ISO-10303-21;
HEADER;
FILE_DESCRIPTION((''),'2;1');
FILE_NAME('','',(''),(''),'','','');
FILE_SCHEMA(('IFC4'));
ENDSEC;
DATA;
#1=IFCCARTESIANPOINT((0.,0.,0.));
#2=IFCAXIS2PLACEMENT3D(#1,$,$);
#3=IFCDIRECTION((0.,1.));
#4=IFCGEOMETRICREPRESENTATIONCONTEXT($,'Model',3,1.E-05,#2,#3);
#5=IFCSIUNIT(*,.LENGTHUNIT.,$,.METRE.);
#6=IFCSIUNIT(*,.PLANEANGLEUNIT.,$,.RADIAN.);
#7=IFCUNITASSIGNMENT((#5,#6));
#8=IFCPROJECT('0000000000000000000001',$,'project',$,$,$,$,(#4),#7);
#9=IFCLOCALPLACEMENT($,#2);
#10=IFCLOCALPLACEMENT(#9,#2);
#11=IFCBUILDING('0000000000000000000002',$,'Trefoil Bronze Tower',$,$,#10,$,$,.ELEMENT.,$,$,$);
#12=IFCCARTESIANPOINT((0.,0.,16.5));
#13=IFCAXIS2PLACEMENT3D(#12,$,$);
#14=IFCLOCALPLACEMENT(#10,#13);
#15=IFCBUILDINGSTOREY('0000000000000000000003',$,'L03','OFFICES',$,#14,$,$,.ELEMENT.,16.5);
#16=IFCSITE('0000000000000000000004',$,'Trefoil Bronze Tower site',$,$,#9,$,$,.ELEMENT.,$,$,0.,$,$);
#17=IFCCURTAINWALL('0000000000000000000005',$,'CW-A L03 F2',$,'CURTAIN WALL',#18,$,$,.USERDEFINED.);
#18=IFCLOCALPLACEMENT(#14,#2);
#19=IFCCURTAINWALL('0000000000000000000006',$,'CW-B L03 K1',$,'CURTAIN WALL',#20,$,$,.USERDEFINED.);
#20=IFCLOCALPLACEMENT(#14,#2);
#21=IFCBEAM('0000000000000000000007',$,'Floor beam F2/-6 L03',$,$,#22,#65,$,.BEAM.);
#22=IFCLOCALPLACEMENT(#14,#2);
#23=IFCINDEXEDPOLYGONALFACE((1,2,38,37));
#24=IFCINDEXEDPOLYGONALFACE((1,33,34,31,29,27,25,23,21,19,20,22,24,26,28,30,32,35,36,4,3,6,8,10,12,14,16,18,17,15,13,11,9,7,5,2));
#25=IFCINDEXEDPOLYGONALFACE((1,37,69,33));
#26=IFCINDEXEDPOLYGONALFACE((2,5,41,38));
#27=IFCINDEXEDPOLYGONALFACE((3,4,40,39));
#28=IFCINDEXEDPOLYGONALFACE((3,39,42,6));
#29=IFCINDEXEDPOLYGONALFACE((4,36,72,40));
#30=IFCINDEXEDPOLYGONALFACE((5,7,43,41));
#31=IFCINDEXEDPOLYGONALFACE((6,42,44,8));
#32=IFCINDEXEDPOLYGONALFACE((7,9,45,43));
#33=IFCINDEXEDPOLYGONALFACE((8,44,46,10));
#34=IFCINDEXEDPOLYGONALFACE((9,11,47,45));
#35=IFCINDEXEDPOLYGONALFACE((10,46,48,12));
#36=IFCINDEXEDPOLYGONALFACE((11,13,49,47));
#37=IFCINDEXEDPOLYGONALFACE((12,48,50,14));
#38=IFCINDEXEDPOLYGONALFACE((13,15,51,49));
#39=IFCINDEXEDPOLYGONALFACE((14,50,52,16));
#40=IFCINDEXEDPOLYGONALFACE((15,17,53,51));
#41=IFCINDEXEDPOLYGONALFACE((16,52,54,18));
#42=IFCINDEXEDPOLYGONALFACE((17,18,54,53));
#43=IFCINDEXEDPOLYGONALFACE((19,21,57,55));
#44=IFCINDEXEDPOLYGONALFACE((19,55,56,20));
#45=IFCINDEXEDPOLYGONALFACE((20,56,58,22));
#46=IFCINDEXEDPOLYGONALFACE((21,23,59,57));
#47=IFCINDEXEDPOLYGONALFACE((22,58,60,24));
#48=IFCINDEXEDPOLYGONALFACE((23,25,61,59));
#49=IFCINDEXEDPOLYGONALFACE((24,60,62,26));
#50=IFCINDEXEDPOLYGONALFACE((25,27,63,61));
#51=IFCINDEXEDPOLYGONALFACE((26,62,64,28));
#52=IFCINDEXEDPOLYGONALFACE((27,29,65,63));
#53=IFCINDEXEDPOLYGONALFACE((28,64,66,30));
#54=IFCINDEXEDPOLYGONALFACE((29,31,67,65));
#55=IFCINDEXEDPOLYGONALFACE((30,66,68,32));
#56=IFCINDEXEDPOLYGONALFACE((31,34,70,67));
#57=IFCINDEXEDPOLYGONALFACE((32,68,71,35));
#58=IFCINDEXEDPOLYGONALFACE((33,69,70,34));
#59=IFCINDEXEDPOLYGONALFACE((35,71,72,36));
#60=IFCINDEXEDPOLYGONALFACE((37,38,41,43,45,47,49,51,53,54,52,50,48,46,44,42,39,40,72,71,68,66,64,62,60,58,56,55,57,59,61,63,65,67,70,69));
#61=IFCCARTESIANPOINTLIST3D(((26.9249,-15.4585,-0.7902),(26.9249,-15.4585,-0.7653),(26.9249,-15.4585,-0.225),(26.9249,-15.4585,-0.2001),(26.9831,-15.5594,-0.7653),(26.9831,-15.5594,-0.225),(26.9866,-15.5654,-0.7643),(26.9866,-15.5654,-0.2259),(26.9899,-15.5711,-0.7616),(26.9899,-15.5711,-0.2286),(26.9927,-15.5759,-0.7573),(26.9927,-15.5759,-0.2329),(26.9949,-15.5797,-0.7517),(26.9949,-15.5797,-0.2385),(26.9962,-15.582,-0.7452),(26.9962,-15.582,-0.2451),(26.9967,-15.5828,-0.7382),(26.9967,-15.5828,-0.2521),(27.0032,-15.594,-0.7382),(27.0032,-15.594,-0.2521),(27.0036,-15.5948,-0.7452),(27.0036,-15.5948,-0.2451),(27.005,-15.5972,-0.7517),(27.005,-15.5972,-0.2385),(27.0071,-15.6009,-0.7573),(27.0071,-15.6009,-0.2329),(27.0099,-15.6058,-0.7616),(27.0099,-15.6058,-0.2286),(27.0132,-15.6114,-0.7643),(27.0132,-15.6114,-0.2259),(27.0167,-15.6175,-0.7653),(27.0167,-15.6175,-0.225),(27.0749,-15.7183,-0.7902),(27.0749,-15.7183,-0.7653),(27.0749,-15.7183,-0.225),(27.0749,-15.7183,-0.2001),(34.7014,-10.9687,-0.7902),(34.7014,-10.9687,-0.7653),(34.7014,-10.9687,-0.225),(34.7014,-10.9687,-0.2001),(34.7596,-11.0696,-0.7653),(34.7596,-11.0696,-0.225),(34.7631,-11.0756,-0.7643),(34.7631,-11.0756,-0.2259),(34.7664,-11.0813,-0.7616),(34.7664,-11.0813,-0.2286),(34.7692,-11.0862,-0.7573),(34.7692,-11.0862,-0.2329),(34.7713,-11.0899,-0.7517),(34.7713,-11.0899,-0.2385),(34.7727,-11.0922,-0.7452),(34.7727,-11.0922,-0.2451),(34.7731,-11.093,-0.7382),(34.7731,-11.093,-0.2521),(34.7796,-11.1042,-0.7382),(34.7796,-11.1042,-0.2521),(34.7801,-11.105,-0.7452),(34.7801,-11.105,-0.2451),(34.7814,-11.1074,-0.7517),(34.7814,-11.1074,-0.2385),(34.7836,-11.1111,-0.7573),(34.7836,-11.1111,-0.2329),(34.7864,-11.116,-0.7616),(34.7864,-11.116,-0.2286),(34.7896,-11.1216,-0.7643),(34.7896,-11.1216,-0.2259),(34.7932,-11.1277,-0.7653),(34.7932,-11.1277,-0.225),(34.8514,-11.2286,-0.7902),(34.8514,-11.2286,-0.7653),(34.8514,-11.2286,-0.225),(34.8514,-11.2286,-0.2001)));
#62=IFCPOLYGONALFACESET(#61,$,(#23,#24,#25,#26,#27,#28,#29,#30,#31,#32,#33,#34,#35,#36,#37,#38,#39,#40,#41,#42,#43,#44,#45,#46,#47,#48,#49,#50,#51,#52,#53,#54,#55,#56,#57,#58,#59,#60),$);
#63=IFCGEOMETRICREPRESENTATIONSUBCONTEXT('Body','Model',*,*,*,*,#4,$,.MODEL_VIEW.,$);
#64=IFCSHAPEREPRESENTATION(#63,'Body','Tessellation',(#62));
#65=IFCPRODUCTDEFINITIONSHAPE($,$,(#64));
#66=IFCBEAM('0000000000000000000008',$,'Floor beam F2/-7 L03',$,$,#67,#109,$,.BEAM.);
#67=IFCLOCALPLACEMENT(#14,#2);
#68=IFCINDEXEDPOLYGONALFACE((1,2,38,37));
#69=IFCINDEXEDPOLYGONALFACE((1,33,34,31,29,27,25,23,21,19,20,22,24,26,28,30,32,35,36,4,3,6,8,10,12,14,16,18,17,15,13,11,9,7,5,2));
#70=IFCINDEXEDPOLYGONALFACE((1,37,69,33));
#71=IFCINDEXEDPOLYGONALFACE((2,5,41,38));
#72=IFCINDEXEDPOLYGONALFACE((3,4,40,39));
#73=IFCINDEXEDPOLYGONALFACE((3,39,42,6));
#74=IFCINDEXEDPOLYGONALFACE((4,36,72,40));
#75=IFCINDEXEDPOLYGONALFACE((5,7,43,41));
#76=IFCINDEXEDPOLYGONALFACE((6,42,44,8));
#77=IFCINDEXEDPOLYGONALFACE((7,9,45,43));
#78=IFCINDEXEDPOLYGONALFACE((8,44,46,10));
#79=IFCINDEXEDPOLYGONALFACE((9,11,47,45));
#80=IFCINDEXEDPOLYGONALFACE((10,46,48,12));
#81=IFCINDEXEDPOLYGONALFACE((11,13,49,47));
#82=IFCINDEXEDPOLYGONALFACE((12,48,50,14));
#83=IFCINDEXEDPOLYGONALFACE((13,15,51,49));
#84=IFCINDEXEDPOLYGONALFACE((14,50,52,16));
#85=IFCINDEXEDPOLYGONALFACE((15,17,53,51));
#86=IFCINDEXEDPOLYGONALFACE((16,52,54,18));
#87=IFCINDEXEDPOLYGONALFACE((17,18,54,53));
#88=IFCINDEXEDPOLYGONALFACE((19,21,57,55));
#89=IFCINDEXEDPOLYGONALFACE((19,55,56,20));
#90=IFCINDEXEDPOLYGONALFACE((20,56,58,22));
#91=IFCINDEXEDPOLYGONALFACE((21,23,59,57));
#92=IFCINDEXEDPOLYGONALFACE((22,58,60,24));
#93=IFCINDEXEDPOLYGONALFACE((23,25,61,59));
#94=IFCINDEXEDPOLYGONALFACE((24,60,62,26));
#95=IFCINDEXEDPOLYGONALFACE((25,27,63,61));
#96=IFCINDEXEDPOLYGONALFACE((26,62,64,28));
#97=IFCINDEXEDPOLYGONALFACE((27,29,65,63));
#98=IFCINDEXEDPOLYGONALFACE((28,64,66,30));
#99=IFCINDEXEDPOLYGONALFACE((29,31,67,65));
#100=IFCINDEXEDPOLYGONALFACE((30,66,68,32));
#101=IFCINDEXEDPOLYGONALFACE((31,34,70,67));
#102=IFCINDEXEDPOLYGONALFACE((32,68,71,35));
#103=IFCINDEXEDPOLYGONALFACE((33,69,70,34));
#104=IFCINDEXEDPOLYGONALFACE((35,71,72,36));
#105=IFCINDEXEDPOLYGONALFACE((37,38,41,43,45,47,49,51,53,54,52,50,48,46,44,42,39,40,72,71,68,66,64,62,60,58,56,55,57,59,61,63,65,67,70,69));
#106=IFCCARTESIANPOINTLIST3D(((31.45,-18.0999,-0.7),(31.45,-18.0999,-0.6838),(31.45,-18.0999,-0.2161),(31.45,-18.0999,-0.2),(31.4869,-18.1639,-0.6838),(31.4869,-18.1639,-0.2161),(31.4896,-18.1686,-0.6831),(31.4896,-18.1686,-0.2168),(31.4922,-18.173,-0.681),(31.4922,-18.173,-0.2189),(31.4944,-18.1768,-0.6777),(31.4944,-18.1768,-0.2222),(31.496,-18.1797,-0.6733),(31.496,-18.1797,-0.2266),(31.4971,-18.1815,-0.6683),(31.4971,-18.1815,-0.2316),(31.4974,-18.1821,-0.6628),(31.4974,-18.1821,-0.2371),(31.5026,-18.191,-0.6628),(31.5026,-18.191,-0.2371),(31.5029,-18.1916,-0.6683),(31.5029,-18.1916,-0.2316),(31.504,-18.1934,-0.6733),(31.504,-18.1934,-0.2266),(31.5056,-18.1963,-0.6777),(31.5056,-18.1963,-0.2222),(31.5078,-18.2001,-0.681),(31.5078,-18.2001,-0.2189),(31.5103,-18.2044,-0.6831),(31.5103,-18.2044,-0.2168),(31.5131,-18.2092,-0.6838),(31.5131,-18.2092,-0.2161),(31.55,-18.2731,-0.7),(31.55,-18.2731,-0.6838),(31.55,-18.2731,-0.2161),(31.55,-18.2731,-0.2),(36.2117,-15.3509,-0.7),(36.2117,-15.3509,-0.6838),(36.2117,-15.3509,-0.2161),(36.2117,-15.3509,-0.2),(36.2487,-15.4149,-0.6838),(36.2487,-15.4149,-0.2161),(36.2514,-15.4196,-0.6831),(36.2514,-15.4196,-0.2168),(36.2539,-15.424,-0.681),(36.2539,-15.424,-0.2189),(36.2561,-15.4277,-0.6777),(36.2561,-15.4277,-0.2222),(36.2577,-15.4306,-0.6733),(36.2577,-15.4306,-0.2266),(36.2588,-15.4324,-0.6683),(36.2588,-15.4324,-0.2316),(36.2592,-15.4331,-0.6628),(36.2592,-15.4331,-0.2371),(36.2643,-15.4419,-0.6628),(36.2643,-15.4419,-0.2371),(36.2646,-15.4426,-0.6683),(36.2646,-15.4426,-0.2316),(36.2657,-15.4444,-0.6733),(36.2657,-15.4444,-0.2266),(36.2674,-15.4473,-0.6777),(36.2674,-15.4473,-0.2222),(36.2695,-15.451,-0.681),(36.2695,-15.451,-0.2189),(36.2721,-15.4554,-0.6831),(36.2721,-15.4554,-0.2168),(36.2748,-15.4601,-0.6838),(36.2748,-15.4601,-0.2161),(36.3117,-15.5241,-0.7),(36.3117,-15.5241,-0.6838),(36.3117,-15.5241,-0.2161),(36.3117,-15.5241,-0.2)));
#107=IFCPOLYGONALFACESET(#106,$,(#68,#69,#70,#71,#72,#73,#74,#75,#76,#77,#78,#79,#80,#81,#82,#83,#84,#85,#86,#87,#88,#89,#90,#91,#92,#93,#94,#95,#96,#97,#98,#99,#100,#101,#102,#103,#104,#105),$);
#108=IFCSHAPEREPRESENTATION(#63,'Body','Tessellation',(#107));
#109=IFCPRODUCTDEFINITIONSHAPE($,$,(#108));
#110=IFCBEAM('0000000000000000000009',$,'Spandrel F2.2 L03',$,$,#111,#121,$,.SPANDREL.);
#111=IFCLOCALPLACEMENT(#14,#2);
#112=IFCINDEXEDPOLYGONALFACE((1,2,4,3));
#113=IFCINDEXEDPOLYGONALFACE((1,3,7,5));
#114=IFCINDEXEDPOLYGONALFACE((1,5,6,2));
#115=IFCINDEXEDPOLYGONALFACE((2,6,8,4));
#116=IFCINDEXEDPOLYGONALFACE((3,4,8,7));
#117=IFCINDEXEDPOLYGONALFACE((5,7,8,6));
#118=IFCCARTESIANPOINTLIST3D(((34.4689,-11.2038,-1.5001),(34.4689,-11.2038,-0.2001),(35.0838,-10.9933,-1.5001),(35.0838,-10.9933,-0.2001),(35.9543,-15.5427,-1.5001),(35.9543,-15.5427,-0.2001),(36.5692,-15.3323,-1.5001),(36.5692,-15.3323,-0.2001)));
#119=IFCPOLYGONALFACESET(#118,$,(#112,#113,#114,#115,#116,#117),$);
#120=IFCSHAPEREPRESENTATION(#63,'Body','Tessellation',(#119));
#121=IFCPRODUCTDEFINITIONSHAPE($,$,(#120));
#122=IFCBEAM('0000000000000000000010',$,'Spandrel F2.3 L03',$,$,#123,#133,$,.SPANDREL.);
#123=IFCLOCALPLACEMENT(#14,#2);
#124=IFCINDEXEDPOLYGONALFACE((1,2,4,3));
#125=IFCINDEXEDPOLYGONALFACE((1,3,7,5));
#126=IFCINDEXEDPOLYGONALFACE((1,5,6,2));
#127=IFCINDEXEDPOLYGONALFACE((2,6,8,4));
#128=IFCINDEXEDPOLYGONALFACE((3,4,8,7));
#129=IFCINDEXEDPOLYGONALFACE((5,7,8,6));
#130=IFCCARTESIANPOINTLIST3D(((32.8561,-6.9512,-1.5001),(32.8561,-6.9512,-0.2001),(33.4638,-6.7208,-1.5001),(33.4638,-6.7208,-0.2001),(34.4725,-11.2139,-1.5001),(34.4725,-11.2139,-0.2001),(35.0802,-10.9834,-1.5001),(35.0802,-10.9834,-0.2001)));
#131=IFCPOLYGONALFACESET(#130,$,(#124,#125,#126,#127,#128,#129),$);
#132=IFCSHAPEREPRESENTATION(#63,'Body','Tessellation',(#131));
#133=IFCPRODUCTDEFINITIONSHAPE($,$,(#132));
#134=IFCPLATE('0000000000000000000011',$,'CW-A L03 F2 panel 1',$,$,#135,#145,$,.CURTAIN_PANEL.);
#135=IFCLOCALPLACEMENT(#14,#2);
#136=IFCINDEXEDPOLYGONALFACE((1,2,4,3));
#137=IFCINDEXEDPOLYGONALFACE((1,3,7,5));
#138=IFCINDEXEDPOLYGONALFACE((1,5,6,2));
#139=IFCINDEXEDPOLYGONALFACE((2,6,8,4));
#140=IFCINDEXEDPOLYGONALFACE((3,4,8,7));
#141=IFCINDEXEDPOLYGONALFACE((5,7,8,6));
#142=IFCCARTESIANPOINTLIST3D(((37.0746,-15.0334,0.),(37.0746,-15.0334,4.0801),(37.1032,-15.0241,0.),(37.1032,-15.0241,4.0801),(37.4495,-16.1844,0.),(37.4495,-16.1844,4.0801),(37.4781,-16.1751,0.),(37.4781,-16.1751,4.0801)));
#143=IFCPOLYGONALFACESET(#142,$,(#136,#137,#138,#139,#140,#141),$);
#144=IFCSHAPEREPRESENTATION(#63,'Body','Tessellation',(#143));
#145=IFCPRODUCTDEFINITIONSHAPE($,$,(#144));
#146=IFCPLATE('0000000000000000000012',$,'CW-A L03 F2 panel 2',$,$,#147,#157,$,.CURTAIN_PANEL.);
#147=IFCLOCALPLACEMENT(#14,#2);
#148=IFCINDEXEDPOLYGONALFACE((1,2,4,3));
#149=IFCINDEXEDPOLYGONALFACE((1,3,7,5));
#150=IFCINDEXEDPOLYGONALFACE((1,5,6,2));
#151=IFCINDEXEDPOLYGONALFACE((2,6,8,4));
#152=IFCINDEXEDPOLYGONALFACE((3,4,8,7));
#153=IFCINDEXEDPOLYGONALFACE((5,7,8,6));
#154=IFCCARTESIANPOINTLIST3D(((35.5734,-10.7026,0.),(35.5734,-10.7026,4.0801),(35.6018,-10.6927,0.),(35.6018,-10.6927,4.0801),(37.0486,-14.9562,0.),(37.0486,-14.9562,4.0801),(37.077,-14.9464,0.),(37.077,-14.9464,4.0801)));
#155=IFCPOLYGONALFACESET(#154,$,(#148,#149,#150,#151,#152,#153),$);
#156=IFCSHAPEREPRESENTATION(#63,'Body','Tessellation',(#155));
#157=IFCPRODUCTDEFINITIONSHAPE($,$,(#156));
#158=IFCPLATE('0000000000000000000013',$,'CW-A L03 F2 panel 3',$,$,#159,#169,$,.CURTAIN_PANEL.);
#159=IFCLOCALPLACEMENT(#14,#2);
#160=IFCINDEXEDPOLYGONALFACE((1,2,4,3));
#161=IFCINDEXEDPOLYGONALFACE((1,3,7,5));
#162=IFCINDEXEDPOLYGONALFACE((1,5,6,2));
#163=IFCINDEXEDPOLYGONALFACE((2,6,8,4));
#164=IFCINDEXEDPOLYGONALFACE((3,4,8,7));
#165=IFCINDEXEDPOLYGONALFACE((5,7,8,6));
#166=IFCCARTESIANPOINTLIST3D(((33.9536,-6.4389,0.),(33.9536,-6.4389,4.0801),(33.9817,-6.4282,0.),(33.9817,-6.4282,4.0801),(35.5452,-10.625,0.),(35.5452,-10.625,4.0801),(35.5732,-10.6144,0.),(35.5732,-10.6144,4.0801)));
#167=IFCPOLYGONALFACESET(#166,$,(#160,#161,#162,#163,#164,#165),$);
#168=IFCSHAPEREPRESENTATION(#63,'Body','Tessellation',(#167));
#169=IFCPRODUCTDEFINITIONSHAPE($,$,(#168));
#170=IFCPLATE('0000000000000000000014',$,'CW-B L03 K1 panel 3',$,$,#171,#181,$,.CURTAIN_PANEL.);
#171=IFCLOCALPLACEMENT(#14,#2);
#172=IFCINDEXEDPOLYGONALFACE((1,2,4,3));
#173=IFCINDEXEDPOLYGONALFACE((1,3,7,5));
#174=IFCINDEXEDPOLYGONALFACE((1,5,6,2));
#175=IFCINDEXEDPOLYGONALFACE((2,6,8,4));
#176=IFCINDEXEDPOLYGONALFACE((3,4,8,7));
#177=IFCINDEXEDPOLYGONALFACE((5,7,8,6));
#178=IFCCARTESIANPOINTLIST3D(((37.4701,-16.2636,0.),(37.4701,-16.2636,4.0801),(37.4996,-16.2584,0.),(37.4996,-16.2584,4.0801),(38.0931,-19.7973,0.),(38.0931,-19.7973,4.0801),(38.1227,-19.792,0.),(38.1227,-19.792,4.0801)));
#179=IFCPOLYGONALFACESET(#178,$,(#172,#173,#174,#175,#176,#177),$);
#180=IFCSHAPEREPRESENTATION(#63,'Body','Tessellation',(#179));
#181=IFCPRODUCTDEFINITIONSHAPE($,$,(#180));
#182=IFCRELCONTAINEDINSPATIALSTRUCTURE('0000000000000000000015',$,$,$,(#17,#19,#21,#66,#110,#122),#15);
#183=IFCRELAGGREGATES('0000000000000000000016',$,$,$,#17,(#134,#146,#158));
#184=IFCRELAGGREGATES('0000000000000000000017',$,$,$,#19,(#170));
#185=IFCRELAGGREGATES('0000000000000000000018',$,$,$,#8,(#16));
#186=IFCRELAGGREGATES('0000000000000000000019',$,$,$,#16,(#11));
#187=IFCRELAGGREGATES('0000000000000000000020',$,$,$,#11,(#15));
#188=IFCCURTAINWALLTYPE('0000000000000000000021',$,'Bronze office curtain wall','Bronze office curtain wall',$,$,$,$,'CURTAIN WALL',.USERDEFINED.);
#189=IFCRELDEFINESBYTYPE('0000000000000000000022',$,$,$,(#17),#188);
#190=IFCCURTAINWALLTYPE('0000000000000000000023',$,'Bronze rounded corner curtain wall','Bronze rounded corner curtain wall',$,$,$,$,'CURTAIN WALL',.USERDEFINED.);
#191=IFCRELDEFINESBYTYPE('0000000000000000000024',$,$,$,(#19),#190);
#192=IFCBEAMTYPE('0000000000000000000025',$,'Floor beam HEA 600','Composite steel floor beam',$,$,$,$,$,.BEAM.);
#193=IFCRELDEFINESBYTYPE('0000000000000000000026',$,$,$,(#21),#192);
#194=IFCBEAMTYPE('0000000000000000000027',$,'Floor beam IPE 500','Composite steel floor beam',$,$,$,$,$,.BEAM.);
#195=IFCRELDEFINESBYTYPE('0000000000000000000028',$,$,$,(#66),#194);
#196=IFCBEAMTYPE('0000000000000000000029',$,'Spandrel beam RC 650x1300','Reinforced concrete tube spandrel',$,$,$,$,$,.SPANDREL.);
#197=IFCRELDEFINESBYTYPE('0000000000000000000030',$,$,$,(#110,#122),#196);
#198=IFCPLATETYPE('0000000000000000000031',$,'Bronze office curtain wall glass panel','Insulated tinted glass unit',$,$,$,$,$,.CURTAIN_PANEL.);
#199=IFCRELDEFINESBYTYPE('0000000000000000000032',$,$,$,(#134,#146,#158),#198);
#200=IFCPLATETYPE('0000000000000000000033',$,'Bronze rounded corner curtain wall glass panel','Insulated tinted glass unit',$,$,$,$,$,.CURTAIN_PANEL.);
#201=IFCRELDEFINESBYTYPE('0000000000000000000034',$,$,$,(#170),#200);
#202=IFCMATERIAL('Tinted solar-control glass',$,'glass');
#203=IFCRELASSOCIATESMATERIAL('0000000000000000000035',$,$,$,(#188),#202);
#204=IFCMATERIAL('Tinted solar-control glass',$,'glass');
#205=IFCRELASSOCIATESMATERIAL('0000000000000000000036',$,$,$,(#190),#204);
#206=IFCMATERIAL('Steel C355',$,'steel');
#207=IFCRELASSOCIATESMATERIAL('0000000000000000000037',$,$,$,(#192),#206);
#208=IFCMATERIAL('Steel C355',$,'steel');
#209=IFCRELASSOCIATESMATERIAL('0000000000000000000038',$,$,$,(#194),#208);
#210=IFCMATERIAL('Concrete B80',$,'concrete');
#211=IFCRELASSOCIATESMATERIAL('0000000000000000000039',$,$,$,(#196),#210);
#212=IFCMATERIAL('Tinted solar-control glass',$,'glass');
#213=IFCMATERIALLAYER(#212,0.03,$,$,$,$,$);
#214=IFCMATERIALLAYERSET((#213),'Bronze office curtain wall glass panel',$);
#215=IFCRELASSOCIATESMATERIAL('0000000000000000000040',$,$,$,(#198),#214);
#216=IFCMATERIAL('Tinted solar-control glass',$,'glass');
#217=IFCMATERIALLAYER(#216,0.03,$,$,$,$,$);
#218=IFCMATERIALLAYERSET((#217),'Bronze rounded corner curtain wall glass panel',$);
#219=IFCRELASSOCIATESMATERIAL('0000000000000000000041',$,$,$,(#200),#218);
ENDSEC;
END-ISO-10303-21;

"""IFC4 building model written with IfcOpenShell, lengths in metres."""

from ifc_helpers import new_model, si_unit, direction, frame, origin, origin_2d, place, context, subcontext, project, spatial, rectangle, i_section, extrude, material, layer, layer_set, material_profile, profile_set, type_object, element, aggregate, save


model = new_model("IFC4")

# Units and contexts
model_context = context("Model", 3, precision=1e-05, world=origin(), true_north=direction((0.0, 1.0)))
body_context = subcontext(model_context, "Body", "Model", "MODEL_VIEW")
ifc_project = project(units=[si_unit("LENGTHUNIT", "METRE"), si_unit("PLANEANGLEUNIT", "RADIAN")], contexts=[model_context])

# Site, building, storey
site_placement = place(None, origin())
site = spatial("IfcSite", under=ifc_project, at=site_placement, Name="Trefoil Bronze Tower site", CompositionType="ELEMENT", RefElevation=0.0)
building_placement = place(site_placement, origin())
building = spatial("IfcBuilding", under=site, at=building_placement, Name="Trefoil Bronze Tower", CompositionType="ELEMENT")
storey_placement = place(building_placement, frame((0.0, 0.0, 16.5)))
storey = spatial("IfcBuildingStorey", under=building, at=storey_placement, Name="L03", Description="OFFICES", CompositionType="ELEMENT", Elevation=16.5)

# Curtain wall
ifc_material_1 = material(Name="Tinted solar-control glass", Category="glass")
curtain_wall_type_1 = type_object("IfcCurtainWallType", Name="Bronze office curtain wall", Description="Bronze office curtain wall", ElementType="CURTAIN WALL", PredefinedType="USERDEFINED", material=ifc_material_1)
curtain_wall_1_placement = place(storey_placement, origin())
curtain_wall_1 = element("IfcCurtainWall", 1, at=curtain_wall_1_placement, inside=storey, type_object=curtain_wall_type_1, Name="CW-A L03 F2", ObjectType="CURTAIN WALL", PredefinedType="USERDEFINED")

# Curtain wall
ifc_material_2 = material(Name="Tinted solar-control glass", Category="glass")
curtain_wall_type_2 = type_object("IfcCurtainWallType", Name="Bronze rounded corner curtain wall", Description="Bronze rounded corner curtain wall", ElementType="CURTAIN WALL", PredefinedType="USERDEFINED", material=ifc_material_2)
curtain_wall_2_placement = place(storey_placement, origin())
curtain_wall_2 = element("IfcCurtainWall", 2, at=curtain_wall_2_placement, inside=storey, type_object=curtain_wall_type_2, Name="CW-B L03 K1", ObjectType="CURTAIN WALL", PredefinedType="USERDEFINED")

# Beams
ifc_material_3 = material(Name="Steel C355", Category="steel")
ifc_material_profile_1 = material_profile(ifc_material_3, i_section(OverallWidth=0.3, OverallDepth=0.5901, WebThickness=0.0129, FlangeThickness=0.0249, FilletRadius=0.0271, at=origin_2d()), Name="HEA 600")
ifc_profile_set_1 = profile_set([ifc_material_profile_1], Name="Steel C355")
beam_type_1 = type_object("IfcBeamType", Name="Floor beam HEA 600", Description="Composite steel floor beam", PredefinedType="BEAM", material=ifc_profile_set_1)
beam_1_placement = place(storey_placement, frame((34.7764, -11.0986, -0.4951), z_axis=(-0.866023, -0.500005, 0.0), x_axis=(0.500005, -0.866023, 0.0)))
element("IfcBeam", 3, at=beam_1_placement, inside=storey, type_object=beam_type_1, Name="Floor beam F2/-6 L03", PredefinedType="BEAM", context=body_context, shape_type="SweptSolid", body=[
    extrude(i_section(OverallWidth=0.3, OverallDepth=0.5901, WebThickness=0.0129, FlangeThickness=0.0249, FilletRadius=0.0271, at=origin_2d()), origin(), (0.0, 0.0, 1.0), 8.9795),
])
ifc_material_4 = material(Name="Steel C355", Category="steel")
ifc_material_profile_2 = material_profile(ifc_material_4, i_section(OverallWidth=0.2, OverallDepth=0.5, WebThickness=0.0103, FlangeThickness=0.0161, FilletRadius=0.021, at=origin_2d()), Name="IPE 500")
ifc_profile_set_2 = profile_set([ifc_material_profile_2], Name="Steel C355")
beam_type_2 = type_object("IfcBeamType", Name="Floor beam IPE 500", Description="Composite steel floor beam", PredefinedType="BEAM", material=ifc_profile_set_2)
beam_2_placement = place(storey_placement, frame((36.2617, -15.4375, -0.45), z_axis=(-0.866038, -0.499979, 0.0), x_axis=(0.499979, -0.866038, 0.0)))
element("IfcBeam", 4, at=beam_2_placement, inside=storey, type_object=beam_type_2, Name="Floor beam F2/-7 L03", PredefinedType="BEAM", context=body_context, shape_type="SweptSolid", body=[
    extrude(i_section(OverallWidth=0.2, OverallDepth=0.5, WebThickness=0.0103, FlangeThickness=0.0161, FilletRadius=0.021, at=origin_2d()), origin(), (0.0, 0.0, 1.0), 5.4983),
])
ifc_material_5 = material(Name="Concrete B80", Category="concrete")
ifc_material_profile_3 = material_profile(ifc_material_5, rectangle(XDim=0.6499, YDim=1.3, at=origin_2d()), Name="RC 650x1300")
ifc_profile_set_3 = profile_set([ifc_material_profile_3], Name="Concrete B80")
beam_type_3 = type_object("IfcBeamType", Name="Spandrel beam RC 650x1300", Description="Reinforced concrete tube spandrel", PredefinedType="SPANDREL", material=ifc_profile_set_3)
beam_3_placement = place(storey_placement, frame((36.2617, -15.4375, -0.8501), z_axis=(-0.323883, 0.946097, 0.0), x_axis=(-0.946097, -0.323883, 0.0)))
element("IfcBeam", 5, at=beam_3_placement, inside=storey, type_object=beam_type_3, Name="Spandrel F2.2 L03", PredefinedType="SPANDREL", context=body_context, shape_type="SweptSolid", body=[
    extrude(rectangle(XDim=0.6499, YDim=1.3, at=origin_2d()), origin(), (0.0, 0.0, 1.0), 4.5862),
])
beam_4_placement = place(storey_placement, frame((34.7764, -11.0986, -0.8501), z_axis=(-0.354572, 0.935029, 0.0), x_axis=(-0.935029, -0.354572, 0.0)))
element("IfcBeam", 6, at=beam_4_placement, inside=storey, type_object=beam_type_3, Name="Spandrel F2.3 L03", PredefinedType="SPANDREL", context=body_context, shape_type="SweptSolid", body=[
    extrude(rectangle(XDim=0.6499, YDim=1.3, at=origin_2d()), origin(), (0.0, 0.0, 1.0), 4.5588),
])

# Plates
ifc_material_6 = material(Name="Tinted solar-control glass", Category="glass")
ifc_layer_1 = layer(ifc_material_6, 0.03)
ifc_layer_set_1 = layer_set([ifc_layer_1], Name="Bronze office curtain wall glass panel")
plate_type_1 = type_object("IfcPlateType", Name="Bronze office curtain wall glass panel", Description="Insulated tinted glass unit", PredefinedType="CURTAIN_PANEL", material=ifc_layer_set_1)
plate_1_placement = place(storey_placement, frame((37.2764, -15.6042, 0.0), z_axis=(0.0, 0.0, 1.0), x_axis=(-0.309728, 0.950825, 0.0)))
plate_1 = element("IfcPlate", 7, at=plate_1_placement, type_object=plate_type_1, Name="CW-A L03 F2 panel 1", PredefinedType="CURTAIN_PANEL", context=body_context, shape_type="SweptSolid", body=[
    extrude(rectangle(XDim=1.2104, YDim=0.03, at=origin_2d()), origin(), (0.0, 0.0, 1.0), 4.0801),
])
plate_2_placement = place(storey_placement, frame((36.3252, -12.8245, 0.0), z_axis=(0.0, 0.0, 1.0), x_axis=(-0.327674, 0.944791, 0.0)))
plate_2 = element("IfcPlate", 8, at=plate_2_placement, type_object=plate_type_1, Name="CW-A L03 F2 panel 2", PredefinedType="CURTAIN_PANEL", context=body_context, shape_type="SweptSolid", body=[
    extrude(rectangle(XDim=4.5022, YDim=0.03, at=origin_2d()), origin(), (0.0, 0.0, 1.0), 4.0801),
])
plate_3_placement = place(storey_placement, frame((34.7634, -8.5266, 0.0), z_axis=(0.0, 0.0, 1.0), x_axis=(-0.355371, 0.934725, 0.0)))
plate_3 = element("IfcPlate", 9, at=plate_3_placement, type_object=plate_type_1, Name="CW-A L03 F2 panel 3", PredefinedType="CURTAIN_PANEL", context=body_context, shape_type="SweptSolid", body=[
    extrude(rectangle(XDim=4.4785, YDim=0.03, at=origin_2d()), origin(), (0.0, 0.0, 1.0), 4.0801),
])
aggregate(curtain_wall_1, [plate_1, plate_2, plate_3])
ifc_material_7 = material(Name="Tinted solar-control glass", Category="glass")
ifc_layer_2 = layer(ifc_material_7, 0.03)
ifc_layer_set_2 = layer_set([ifc_layer_2], Name="Bronze rounded corner curtain wall glass panel")
plate_type_2 = type_object("IfcPlateType", Name="Bronze rounded corner curtain wall glass panel", Description="Insulated tinted glass unit", PredefinedType="CURTAIN_PANEL", material=ifc_layer_set_2)
plate_4_placement = place(storey_placement, frame((37.7964, -18.0278, 0.0), z_axis=(0.0, 0.0, 1.0), x_axis=(-0.173648, 0.984808, 0.0)))
plate_4 = element("IfcPlate", 10, at=plate_4_placement, type_object=plate_type_2, Name="CW-B L03 K1 panel 3", PredefinedType="CURTAIN_PANEL", context=body_context, shape_type="SweptSolid", body=[
    extrude(rectangle(XDim=3.5881, YDim=0.03, at=origin_2d()), origin(), (0.0, 0.0, 1.0), 4.0801),
])
aggregate(curtain_wall_2, [plate_4])

save(model, "model.ifc")
